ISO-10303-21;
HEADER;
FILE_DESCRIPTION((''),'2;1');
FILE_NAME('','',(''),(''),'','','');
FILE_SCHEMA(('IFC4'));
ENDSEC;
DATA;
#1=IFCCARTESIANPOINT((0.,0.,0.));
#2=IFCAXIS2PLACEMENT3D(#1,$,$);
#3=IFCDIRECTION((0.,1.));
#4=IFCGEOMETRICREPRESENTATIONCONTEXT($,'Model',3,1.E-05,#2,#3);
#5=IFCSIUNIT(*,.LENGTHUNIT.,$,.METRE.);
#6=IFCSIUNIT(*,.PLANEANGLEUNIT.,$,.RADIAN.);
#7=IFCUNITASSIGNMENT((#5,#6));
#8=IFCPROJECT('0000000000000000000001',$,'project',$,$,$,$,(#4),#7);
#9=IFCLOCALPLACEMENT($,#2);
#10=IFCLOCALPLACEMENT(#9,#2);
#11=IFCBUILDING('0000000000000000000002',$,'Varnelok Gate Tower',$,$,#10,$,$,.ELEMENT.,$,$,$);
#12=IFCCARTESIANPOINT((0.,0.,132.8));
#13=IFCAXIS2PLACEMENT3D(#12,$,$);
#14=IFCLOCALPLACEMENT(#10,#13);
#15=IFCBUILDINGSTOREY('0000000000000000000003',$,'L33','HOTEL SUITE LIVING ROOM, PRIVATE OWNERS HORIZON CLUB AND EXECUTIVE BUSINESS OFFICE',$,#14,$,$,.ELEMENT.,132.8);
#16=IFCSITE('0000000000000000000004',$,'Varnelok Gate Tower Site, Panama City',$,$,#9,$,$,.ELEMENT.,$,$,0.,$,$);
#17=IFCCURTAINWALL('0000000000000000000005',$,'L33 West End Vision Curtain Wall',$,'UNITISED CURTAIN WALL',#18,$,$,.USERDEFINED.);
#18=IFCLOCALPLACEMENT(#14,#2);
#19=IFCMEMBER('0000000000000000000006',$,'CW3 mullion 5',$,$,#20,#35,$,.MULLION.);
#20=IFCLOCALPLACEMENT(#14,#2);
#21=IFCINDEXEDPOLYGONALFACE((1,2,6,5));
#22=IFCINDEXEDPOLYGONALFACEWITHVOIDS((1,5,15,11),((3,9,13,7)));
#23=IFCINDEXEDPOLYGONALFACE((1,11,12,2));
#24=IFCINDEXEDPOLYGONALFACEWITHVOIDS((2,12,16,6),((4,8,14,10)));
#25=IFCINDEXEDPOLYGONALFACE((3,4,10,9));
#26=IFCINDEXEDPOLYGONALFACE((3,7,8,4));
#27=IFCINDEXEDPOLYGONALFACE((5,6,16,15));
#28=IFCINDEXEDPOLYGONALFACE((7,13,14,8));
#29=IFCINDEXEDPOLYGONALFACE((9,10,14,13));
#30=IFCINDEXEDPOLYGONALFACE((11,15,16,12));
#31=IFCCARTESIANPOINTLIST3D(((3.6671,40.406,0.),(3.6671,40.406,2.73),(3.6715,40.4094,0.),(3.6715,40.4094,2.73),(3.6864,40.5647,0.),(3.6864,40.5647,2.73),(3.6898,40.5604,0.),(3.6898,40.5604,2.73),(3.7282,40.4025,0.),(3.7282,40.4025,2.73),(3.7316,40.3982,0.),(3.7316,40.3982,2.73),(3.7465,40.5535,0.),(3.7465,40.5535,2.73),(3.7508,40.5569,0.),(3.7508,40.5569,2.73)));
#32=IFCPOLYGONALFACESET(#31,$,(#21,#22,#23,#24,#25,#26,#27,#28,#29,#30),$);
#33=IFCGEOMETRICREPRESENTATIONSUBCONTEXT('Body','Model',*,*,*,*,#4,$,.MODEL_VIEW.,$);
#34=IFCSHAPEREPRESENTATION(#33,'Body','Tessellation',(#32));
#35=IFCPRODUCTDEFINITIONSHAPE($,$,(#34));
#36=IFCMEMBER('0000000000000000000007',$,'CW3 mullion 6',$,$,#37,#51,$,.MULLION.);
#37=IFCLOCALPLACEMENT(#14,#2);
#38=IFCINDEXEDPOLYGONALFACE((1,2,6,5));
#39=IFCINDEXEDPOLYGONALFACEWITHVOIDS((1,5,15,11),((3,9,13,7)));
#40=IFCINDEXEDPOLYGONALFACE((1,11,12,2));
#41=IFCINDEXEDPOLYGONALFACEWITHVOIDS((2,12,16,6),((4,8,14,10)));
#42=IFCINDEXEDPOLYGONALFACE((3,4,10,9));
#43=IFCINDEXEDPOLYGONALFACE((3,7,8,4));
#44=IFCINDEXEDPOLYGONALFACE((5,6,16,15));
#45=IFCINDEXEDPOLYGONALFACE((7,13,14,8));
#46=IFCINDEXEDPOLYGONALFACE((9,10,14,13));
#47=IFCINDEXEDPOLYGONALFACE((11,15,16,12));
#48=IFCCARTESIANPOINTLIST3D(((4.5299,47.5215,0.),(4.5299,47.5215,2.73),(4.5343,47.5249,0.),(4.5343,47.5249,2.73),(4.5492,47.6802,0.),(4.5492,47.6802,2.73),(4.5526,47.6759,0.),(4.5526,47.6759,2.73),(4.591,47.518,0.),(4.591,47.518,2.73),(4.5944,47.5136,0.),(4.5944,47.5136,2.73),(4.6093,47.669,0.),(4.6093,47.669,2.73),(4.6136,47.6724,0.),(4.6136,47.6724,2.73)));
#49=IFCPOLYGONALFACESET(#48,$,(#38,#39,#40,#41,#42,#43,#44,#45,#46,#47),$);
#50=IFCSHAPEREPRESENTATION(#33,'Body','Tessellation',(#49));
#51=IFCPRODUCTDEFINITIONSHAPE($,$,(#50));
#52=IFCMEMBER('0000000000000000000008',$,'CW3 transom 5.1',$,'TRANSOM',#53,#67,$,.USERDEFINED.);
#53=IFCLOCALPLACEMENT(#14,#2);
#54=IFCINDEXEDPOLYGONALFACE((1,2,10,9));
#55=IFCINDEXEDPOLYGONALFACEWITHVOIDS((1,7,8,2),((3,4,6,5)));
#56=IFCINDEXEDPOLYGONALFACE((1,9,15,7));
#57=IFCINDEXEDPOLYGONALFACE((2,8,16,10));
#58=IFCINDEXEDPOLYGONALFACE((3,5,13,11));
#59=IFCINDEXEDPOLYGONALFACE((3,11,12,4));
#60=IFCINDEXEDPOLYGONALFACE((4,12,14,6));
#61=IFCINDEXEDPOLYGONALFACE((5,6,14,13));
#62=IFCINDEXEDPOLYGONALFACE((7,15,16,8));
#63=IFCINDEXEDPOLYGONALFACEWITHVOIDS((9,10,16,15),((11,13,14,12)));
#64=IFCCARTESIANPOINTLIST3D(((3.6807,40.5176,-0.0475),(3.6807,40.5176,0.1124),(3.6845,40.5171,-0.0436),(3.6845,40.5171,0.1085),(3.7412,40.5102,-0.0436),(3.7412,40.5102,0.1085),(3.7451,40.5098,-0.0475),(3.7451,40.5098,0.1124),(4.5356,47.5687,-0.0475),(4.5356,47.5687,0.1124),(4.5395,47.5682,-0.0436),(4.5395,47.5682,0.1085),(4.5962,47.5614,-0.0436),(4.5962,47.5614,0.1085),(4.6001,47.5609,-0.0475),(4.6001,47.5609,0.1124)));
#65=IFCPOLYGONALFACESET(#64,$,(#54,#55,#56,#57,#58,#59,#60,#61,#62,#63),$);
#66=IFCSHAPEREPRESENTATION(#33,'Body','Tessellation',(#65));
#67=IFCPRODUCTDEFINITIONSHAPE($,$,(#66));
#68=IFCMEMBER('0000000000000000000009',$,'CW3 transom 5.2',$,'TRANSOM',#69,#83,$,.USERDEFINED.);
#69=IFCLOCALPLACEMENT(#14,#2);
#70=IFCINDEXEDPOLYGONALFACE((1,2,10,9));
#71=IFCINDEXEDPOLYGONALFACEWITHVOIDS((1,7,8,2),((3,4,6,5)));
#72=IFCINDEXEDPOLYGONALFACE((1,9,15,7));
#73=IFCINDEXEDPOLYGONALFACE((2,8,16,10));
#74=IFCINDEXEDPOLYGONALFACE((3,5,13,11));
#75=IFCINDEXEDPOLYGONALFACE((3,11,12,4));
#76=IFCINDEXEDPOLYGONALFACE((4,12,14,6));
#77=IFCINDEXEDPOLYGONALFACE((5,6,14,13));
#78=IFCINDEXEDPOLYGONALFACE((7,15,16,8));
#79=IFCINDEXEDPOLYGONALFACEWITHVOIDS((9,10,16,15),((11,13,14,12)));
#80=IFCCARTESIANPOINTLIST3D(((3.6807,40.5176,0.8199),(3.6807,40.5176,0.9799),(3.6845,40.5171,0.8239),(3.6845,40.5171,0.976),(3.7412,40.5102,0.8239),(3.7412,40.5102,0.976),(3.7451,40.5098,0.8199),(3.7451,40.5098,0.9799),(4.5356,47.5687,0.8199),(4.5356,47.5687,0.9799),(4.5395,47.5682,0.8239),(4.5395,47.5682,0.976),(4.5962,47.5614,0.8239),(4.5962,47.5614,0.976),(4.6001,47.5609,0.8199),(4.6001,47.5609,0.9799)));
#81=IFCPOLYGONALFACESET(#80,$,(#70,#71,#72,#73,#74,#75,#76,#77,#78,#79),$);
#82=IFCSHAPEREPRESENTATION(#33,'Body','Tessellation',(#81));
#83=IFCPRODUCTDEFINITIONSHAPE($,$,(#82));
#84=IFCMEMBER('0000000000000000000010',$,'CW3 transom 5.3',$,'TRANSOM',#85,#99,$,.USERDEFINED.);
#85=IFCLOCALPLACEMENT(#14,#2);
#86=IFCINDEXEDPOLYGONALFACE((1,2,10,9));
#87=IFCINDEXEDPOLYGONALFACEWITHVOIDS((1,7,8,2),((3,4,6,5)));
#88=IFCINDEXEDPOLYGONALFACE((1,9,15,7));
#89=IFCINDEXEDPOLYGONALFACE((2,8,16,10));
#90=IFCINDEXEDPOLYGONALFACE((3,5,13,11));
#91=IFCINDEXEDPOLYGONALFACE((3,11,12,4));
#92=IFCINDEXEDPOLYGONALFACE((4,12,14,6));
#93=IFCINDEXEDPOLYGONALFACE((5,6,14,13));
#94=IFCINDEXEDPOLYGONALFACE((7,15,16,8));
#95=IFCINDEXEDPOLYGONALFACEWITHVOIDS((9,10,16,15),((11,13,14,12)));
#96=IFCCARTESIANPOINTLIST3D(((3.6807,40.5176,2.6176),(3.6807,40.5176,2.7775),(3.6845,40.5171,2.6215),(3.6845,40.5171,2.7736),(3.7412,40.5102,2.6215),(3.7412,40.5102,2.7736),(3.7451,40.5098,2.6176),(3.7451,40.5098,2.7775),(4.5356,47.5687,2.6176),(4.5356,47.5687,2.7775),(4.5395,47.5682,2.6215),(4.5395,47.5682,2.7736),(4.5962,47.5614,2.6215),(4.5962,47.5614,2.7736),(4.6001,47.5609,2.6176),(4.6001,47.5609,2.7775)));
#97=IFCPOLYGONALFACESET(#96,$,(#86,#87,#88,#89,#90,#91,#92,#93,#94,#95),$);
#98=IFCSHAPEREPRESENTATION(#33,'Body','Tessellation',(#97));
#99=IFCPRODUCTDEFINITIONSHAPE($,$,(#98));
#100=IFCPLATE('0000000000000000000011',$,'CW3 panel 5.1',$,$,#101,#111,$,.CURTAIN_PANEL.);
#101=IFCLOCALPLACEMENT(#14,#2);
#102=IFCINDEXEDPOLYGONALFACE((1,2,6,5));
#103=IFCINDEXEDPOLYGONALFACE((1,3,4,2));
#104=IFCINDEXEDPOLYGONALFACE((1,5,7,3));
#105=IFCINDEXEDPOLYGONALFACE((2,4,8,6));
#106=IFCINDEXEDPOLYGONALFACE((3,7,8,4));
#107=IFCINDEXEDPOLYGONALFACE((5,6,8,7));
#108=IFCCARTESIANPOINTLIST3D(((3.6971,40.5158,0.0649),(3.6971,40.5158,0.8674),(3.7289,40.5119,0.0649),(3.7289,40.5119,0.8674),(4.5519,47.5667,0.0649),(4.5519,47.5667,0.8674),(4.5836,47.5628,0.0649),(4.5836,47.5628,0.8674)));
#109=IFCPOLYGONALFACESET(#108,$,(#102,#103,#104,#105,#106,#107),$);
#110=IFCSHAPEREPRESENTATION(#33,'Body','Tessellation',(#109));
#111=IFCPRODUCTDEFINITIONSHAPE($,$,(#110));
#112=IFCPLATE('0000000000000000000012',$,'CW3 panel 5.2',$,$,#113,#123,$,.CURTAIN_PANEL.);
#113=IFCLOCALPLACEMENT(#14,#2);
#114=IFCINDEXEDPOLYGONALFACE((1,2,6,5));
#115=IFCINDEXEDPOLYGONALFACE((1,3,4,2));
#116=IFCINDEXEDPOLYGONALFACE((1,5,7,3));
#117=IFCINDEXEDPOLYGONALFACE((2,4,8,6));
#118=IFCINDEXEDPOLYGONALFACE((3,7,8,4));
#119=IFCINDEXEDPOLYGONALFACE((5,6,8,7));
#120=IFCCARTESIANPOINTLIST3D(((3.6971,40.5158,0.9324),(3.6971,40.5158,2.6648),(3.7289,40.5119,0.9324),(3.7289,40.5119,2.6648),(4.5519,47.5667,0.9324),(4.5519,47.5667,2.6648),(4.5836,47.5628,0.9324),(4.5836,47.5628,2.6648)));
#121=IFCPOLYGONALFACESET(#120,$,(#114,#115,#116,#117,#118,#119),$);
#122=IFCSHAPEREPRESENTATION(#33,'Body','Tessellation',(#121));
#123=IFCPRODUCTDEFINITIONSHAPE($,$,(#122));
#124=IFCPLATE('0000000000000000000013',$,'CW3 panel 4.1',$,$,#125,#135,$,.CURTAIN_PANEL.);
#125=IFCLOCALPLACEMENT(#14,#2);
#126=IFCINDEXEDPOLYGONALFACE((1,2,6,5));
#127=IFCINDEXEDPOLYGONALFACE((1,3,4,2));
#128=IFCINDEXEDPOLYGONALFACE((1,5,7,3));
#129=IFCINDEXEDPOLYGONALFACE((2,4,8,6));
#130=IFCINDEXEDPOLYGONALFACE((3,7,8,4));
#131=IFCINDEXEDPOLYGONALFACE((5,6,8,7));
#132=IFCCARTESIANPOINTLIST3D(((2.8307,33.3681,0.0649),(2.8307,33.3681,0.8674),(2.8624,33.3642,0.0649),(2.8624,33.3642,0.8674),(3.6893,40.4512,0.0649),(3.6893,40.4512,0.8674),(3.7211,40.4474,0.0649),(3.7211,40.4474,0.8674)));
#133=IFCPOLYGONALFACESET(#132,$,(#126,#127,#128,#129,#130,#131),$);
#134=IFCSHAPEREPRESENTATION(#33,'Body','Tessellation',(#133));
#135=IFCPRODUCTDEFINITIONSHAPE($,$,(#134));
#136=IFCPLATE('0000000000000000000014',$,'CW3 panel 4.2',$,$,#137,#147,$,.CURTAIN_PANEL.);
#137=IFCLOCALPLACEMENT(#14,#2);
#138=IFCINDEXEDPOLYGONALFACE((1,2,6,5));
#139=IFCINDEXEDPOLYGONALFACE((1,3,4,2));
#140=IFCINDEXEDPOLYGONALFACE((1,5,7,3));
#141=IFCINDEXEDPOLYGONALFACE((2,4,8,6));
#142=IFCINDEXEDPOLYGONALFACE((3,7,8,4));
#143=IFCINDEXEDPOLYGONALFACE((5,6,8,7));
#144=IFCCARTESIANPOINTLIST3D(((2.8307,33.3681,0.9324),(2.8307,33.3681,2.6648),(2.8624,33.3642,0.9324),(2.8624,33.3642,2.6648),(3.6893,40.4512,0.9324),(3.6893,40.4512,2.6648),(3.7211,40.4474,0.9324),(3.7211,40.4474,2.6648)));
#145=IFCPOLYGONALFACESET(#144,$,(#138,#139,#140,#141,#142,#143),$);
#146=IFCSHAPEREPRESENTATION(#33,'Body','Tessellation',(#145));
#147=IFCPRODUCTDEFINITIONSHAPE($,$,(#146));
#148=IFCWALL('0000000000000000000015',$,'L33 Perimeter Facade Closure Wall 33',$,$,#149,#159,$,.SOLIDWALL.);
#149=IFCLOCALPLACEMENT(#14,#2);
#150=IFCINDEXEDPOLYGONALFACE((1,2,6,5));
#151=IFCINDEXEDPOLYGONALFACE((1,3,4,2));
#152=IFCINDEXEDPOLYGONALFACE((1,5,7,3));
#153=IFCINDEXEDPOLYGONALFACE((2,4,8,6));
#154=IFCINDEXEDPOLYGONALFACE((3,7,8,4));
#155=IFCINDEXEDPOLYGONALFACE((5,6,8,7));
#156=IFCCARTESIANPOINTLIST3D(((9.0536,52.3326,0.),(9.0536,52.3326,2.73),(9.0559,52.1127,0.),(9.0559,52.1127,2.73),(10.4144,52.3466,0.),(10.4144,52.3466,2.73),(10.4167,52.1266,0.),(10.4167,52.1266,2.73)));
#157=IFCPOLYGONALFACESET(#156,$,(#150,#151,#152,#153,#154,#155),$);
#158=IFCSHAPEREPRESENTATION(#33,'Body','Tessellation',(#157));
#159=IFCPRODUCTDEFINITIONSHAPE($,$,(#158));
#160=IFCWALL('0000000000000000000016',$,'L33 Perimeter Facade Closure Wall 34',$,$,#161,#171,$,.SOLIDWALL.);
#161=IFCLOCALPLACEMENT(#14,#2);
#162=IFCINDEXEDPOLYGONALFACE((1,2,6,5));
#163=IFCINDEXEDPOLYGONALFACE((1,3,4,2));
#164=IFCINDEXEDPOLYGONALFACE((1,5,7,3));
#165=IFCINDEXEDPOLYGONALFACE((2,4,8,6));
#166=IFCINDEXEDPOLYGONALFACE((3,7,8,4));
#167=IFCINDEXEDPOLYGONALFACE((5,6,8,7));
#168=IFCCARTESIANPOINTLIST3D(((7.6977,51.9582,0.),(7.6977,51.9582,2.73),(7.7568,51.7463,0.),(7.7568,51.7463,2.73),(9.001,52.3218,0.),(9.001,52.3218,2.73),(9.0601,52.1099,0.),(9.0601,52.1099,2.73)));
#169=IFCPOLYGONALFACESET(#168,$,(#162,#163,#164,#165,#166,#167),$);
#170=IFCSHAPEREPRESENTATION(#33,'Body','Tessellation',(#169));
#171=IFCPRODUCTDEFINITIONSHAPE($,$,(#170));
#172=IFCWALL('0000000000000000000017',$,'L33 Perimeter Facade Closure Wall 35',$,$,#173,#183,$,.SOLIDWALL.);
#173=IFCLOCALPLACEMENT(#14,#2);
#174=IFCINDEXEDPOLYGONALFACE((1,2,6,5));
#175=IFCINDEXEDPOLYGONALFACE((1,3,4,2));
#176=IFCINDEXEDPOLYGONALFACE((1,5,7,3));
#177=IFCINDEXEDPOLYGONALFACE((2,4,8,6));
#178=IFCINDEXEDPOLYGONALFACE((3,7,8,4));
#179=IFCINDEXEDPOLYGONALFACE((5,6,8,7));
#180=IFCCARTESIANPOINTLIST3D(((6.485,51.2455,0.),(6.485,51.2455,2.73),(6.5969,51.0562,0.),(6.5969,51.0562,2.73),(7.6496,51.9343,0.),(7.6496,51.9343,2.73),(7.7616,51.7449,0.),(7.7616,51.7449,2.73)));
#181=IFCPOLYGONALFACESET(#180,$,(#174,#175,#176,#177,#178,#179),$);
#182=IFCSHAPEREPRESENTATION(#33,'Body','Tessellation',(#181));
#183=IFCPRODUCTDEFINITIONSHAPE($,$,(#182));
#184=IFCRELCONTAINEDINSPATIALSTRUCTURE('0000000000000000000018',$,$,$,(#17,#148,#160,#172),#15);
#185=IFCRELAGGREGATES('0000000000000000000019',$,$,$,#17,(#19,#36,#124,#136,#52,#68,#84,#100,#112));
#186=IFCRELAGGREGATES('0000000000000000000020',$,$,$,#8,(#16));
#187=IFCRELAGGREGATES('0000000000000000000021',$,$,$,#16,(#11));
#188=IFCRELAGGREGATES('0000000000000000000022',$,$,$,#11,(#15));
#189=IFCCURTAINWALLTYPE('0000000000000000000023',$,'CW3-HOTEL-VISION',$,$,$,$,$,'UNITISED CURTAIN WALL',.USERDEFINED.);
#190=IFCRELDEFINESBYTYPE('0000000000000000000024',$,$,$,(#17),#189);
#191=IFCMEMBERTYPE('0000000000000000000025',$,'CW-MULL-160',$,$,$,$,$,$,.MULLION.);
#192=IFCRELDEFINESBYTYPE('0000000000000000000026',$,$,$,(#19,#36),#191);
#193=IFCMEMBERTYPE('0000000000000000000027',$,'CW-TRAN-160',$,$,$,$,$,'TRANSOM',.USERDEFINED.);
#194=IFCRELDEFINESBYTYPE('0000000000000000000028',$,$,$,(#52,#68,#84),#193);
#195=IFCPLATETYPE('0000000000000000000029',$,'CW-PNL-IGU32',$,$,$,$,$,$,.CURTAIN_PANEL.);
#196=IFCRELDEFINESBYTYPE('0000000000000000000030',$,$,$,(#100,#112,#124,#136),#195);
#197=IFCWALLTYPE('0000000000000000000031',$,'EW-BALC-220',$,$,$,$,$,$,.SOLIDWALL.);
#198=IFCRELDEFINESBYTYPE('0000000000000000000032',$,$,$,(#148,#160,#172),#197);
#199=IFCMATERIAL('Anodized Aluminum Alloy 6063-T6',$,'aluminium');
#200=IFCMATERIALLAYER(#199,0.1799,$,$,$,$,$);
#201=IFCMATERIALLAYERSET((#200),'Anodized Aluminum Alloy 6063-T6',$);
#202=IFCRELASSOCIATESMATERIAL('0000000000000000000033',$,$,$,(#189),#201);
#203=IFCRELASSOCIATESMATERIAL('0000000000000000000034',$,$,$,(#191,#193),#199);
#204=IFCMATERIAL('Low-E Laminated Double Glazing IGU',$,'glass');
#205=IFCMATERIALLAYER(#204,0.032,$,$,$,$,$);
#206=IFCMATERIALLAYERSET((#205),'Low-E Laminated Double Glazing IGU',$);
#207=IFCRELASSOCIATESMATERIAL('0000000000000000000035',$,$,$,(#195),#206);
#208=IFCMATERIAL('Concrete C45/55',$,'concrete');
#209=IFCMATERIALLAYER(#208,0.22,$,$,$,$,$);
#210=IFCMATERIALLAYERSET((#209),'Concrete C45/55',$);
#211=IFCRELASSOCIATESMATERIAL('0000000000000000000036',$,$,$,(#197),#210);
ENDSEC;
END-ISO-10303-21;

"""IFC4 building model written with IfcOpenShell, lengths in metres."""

from ifc_helpers import new_model, si_unit, direction, frame, frame_2d, origin, origin_2d, place, context, subcontext, project, spatial, rectangle, hollow_rectangle, extrude, source, transform, mapped, material, layer, layer_set, material_profile, profile_set, type_object, element, aggregate, save


model = new_model("IFC4")

# Units and contexts
model_context = context("Model", 3, precision=1e-05, world=origin(), true_north=direction((0.0, 1.0)))
body_context = subcontext(model_context, "Body", "Model", "MODEL_VIEW")
ifc_project = project(units=[si_unit("LENGTHUNIT", "METRE"), si_unit("PLANEANGLEUNIT", "RADIAN")], contexts=[model_context])

# Site, building, storey
site_placement = place(None, origin())
site = spatial("IfcSite", under=ifc_project, at=site_placement, Name="Varnelok Gate Tower Site, Panama City", CompositionType="ELEMENT", RefElevation=0.0)
building_placement = place(site_placement, origin())
building = spatial("IfcBuilding", under=site, at=building_placement, Name="Varnelok Gate Tower", CompositionType="ELEMENT")
storey_placement = place(building_placement, frame((0.0, 0.0, 132.8)))
storey = spatial("IfcBuildingStorey", under=building, at=storey_placement, Name="L33", Description="HOTEL SUITE LIVING ROOM, PRIVATE OWNERS HORIZON CLUB AND EXECUTIVE BUSINESS OFFICE", CompositionType="ELEMENT", Elevation=132.8)

# Curtain wall, members, plates
ifc_material_1 = material(Name="Anodized Aluminum Alloy 6063-T6", Category="aluminium")
ifc_layer_1 = layer(ifc_material_1, 0.1799)
ifc_layer_set_1 = layer_set([ifc_layer_1], Name="Anodized Aluminum Alloy 6063-T6")
curtain_wall_type = type_object("IfcCurtainWallType", Name="CW3-HOTEL-VISION", ElementType="UNITISED CURTAIN WALL", PredefinedType="USERDEFINED", material=ifc_layer_set_1)
curtain_wall_placement = place(storey_placement, origin())
curtain_wall = element("IfcCurtainWall", 1, at=curtain_wall_placement, inside=storey, type_object=curtain_wall_type, Name="L33 West End Vision Curtain Wall", ObjectType="UNITISED CURTAIN WALL", PredefinedType="USERDEFINED")
ifc_material_profile_1 = material_profile(ifc_material_1, hollow_rectangle(XDim=0.0649, YDim=0.1599, WallThickness=0.0039, at=origin_2d()), Name="ALU160X65X4")
ifc_profile_set_1 = profile_set([ifc_material_profile_1], Name="Anodized Aluminum Alloy 6063-T6")
member_type_1 = type_object("IfcMemberType", Name="CW-MULL-160", PredefinedType="MULLION", material=ifc_profile_set_1)
member_1_placement = place(storey_placement, frame((3.709, 40.4814, 0.0), z_axis=(0.0, 0.0, 1.0), x_axis=(-0.992732, 0.120347, 0.0)))
member_1 = element("IfcMember", 2, at=member_1_placement, type_object=member_type_1, Name="CW3 mullion 5", PredefinedType="MULLION", context=body_context, shape_type="SweptSolid", body=[
    extrude(hollow_rectangle(XDim=0.0649, YDim=0.1599, WallThickness=0.0039, at=origin_2d()), origin(), (0.0, 0.0, 1.0), 2.73),
])
member_2_placement = place(storey_placement, frame((4.5718, 47.5969, 0.0), z_axis=(0.0, 0.0, 1.0), x_axis=(-0.992732, 0.120347, 0.0)))
member_2 = element("IfcMember", 3, at=member_2_placement, type_object=member_type_1, Name="CW3 mullion 6", PredefinedType="MULLION", context=body_context, shape_type="SweptSolid", body=[
    extrude(hollow_rectangle(XDim=0.0649, YDim=0.1599, WallThickness=0.0039, at=origin_2d()), origin(), (0.0, 0.0, 1.0), 2.73),
])
ifc_material_profile_2 = material_profile(ifc_material_1, hollow_rectangle(XDim=0.0649, YDim=0.1599, WallThickness=0.0039, at=origin_2d()), Name="ALU160X65X4")
ifc_profile_set_2 = profile_set([ifc_material_profile_2], Name="Anodized Aluminum Alloy 6063-T6")
member_type_2 = type_object("IfcMemberType", Name="CW-TRAN-160", ElementType="TRANSOM", PredefinedType="USERDEFINED", material=ifc_profile_set_2)
member_3_placement = place(storey_placement, frame((3.7129, 40.5137, 0.0325), z_axis=(0.120374, 0.992729, 0.0), x_axis=(-0.992729, 0.120374, 0.0)))
member_3 = element("IfcMember", 4, at=member_3_placement, type_object=member_type_2, Name="CW3 transom 5.1", ObjectType="TRANSOM", PredefinedType="USERDEFINED", context=body_context, shape_type="SweptSolid", body=[
    extrude(hollow_rectangle(XDim=0.0649, YDim=0.1599, WallThickness=0.0039, at=origin_2d()), origin(), (0.0, 0.0, 1.0), 7.1028),
])
member_4_placement = place(storey_placement, frame((3.7129, 40.5137, 0.8999), z_axis=(0.120374, 0.992729, 0.0), x_axis=(-0.992729, 0.120374, 0.0)))
member_4 = element("IfcMember", 5, at=member_4_placement, type_object=member_type_2, Name="CW3 transom 5.2", ObjectType="TRANSOM", PredefinedType="USERDEFINED", context=body_context, shape_type="SweptSolid", body=[
    extrude(hollow_rectangle(XDim=0.0649, YDim=0.1599, WallThickness=0.0039, at=origin_2d()), origin(), (0.0, 0.0, 1.0), 7.1028),
])
member_5_placement = place(storey_placement, frame((3.7129, 40.5137, 2.6975), z_axis=(0.120374, 0.992729, 0.0), x_axis=(-0.992729, 0.120374, 0.0)))
member_5 = element("IfcMember", 6, at=member_5_placement, type_object=member_type_2, Name="CW3 transom 5.3", ObjectType="TRANSOM", PredefinedType="USERDEFINED", context=body_context, shape_type="SweptSolid", body=[
    extrude(hollow_rectangle(XDim=0.0649, YDim=0.1599, WallThickness=0.0039, at=origin_2d()), origin(), (0.0, 0.0, 1.0), 7.1028),
])
ifc_material_2 = material(Name="Low-E Laminated Double Glazing IGU", Category="glass")
ifc_layer_2 = layer(ifc_material_2, 0.032)
ifc_layer_set_2 = layer_set([ifc_layer_2], Name="Low-E Laminated Double Glazing IGU")
plate_type = type_object("IfcPlateType", Name="CW-PNL-IGU32", PredefinedType="CURTAIN_PANEL", material=ifc_layer_set_2)
shared_shape_1 = source(origin(), body_context, "Body", "SweptSolid", [
    extrude(rectangle(XDim=7.1025, YDim=0.032, at=origin_2d()), origin(), (0.0, 0.0, 1.0), 0.8025),
])
plate_1_placement = place(storey_placement, frame((4.1404, 44.0393, 0.0649), z_axis=(0.0, 0.0, 1.0), x_axis=(0.120347, 0.992732, 0.0)))
plate_1 = element("IfcPlate", 7, at=plate_1_placement, type_object=plate_type, Name="CW3 panel 5.1", PredefinedType="CURTAIN_PANEL", context=body_context, shape_type="MappedRepresentation", body=[
    mapped(shared_shape_1, transform((0.0, 0.0, 0.0), scale=1.0)),
])
shared_shape_2 = source(origin(), body_context, "Body", "SweptSolid", [
    extrude(rectangle(XDim=7.1025, YDim=0.032, at=origin_2d()), origin(), (0.0, 0.0, 1.0), 1.7324),
])
plate_2_placement = place(storey_placement, frame((4.1404, 44.0393, 0.9324), z_axis=(0.0, 0.0, 1.0), x_axis=(0.120347, 0.992732, 0.0)))
plate_2 = element("IfcPlate", 8, at=plate_2_placement, type_object=plate_type, Name="CW3 panel 5.2", PredefinedType="CURTAIN_PANEL", context=body_context, shape_type="MappedRepresentation", body=[
    mapped(shared_shape_2, transform((0.0, 0.0, 0.0), scale=1.0)),
])
shared_shape_3 = source(origin(), body_context, "Body", "SweptSolid", [
    extrude(rectangle(XDim=7.135, YDim=0.032, at=origin_2d()), origin(), (0.0, 0.0, 1.0), 0.8025),
])
plate_3_placement = place(storey_placement, frame((3.2759, 36.9077, 0.0649), z_axis=(0.0, 0.0, 1.0), x_axis=(0.120347, 0.992732, 0.0)))
plate_3 = element("IfcPlate", 9, at=plate_3_placement, type_object=plate_type, Name="CW3 panel 4.1", PredefinedType="CURTAIN_PANEL", context=body_context, shape_type="MappedRepresentation", body=[
    mapped(shared_shape_3, transform((0.0, 0.0, 0.0), scale=1.0)),
])
shared_shape_4 = source(origin(), body_context, "Body", "SweptSolid", [
    extrude(rectangle(XDim=7.135, YDim=0.032, at=origin_2d()), origin(), (0.0, 0.0, 1.0), 1.7324),
])
plate_4_placement = place(storey_placement, frame((3.2759, 36.9077, 0.9324), z_axis=(0.0, 0.0, 1.0), x_axis=(0.120347, 0.992732, 0.0)))
plate_4 = element("IfcPlate", 10, at=plate_4_placement, type_object=plate_type, Name="CW3 panel 4.2", PredefinedType="CURTAIN_PANEL", context=body_context, shape_type="MappedRepresentation", body=[
    mapped(shared_shape_4, transform((0.0, 0.0, 0.0), scale=1.0)),
])
aggregate(curtain_wall, [member_1, member_2, plate_3, plate_4, member_3, member_4, member_5, plate_1, plate_2])

# Walls
ifc_material_3 = material(Name="Concrete C45/55", Category="concrete")
ifc_layer_3 = layer(ifc_material_3, 0.22)
ifc_layer_set_3 = layer_set([ifc_layer_3], Name="Concrete C45/55")
wall_type_1 = type_object("IfcWallType", Name="EW-BALC-220", PredefinedType="SOLIDWALL", material=ifc_layer_set_3)
wall_1_placement = place(storey_placement, frame((10.4155, 52.2366, 0.0), z_axis=(0.0, 0.0, 1.0), x_axis=(-0.999948, -0.010226, 0.0)))
element("IfcWall", 11, at=wall_1_placement, inside=storey, type_object=wall_type_1, Name="L33 Perimeter Facade Closure Wall 33", PredefinedType="SOLIDWALL", context=body_context, shape_type="SweptSolid", body=[
    extrude(rectangle(XDim=1.3608, YDim=0.22, at=frame_2d((0.6804, 0.0))), origin(), (0.0, 0.0, 1.0), 2.73),
])
for number, where, z_axis, x_axis, name in (
    (12, (9.0305, 52.2158, 0.0), (0.0, 0.0, 1.0), (-0.963228, -0.268686, 0.0), "L33 Perimeter Facade Closure Wall 34"),
    (13, (7.7056, 51.8396, 0.0), (0.0, 0.0, 1.0), (-0.86074, -0.509045, 0.0), "L33 Perimeter Facade Closure Wall 35"),
):
    element("IfcWall", number, at=place(storey_placement, frame(where, z_axis=z_axis, x_axis=x_axis)), inside=storey, type_object=wall_type_1, Name=name, PredefinedType="SOLIDWALL", context=body_context, shape_type="SweptSolid", body=[
        extrude(rectangle(XDim=1.353, YDim=0.22, at=frame_2d((0.6765, 0.0))), origin(), (0.0, 0.0, 1.0), 2.73),
    ])

save(model, "model.ifc")
